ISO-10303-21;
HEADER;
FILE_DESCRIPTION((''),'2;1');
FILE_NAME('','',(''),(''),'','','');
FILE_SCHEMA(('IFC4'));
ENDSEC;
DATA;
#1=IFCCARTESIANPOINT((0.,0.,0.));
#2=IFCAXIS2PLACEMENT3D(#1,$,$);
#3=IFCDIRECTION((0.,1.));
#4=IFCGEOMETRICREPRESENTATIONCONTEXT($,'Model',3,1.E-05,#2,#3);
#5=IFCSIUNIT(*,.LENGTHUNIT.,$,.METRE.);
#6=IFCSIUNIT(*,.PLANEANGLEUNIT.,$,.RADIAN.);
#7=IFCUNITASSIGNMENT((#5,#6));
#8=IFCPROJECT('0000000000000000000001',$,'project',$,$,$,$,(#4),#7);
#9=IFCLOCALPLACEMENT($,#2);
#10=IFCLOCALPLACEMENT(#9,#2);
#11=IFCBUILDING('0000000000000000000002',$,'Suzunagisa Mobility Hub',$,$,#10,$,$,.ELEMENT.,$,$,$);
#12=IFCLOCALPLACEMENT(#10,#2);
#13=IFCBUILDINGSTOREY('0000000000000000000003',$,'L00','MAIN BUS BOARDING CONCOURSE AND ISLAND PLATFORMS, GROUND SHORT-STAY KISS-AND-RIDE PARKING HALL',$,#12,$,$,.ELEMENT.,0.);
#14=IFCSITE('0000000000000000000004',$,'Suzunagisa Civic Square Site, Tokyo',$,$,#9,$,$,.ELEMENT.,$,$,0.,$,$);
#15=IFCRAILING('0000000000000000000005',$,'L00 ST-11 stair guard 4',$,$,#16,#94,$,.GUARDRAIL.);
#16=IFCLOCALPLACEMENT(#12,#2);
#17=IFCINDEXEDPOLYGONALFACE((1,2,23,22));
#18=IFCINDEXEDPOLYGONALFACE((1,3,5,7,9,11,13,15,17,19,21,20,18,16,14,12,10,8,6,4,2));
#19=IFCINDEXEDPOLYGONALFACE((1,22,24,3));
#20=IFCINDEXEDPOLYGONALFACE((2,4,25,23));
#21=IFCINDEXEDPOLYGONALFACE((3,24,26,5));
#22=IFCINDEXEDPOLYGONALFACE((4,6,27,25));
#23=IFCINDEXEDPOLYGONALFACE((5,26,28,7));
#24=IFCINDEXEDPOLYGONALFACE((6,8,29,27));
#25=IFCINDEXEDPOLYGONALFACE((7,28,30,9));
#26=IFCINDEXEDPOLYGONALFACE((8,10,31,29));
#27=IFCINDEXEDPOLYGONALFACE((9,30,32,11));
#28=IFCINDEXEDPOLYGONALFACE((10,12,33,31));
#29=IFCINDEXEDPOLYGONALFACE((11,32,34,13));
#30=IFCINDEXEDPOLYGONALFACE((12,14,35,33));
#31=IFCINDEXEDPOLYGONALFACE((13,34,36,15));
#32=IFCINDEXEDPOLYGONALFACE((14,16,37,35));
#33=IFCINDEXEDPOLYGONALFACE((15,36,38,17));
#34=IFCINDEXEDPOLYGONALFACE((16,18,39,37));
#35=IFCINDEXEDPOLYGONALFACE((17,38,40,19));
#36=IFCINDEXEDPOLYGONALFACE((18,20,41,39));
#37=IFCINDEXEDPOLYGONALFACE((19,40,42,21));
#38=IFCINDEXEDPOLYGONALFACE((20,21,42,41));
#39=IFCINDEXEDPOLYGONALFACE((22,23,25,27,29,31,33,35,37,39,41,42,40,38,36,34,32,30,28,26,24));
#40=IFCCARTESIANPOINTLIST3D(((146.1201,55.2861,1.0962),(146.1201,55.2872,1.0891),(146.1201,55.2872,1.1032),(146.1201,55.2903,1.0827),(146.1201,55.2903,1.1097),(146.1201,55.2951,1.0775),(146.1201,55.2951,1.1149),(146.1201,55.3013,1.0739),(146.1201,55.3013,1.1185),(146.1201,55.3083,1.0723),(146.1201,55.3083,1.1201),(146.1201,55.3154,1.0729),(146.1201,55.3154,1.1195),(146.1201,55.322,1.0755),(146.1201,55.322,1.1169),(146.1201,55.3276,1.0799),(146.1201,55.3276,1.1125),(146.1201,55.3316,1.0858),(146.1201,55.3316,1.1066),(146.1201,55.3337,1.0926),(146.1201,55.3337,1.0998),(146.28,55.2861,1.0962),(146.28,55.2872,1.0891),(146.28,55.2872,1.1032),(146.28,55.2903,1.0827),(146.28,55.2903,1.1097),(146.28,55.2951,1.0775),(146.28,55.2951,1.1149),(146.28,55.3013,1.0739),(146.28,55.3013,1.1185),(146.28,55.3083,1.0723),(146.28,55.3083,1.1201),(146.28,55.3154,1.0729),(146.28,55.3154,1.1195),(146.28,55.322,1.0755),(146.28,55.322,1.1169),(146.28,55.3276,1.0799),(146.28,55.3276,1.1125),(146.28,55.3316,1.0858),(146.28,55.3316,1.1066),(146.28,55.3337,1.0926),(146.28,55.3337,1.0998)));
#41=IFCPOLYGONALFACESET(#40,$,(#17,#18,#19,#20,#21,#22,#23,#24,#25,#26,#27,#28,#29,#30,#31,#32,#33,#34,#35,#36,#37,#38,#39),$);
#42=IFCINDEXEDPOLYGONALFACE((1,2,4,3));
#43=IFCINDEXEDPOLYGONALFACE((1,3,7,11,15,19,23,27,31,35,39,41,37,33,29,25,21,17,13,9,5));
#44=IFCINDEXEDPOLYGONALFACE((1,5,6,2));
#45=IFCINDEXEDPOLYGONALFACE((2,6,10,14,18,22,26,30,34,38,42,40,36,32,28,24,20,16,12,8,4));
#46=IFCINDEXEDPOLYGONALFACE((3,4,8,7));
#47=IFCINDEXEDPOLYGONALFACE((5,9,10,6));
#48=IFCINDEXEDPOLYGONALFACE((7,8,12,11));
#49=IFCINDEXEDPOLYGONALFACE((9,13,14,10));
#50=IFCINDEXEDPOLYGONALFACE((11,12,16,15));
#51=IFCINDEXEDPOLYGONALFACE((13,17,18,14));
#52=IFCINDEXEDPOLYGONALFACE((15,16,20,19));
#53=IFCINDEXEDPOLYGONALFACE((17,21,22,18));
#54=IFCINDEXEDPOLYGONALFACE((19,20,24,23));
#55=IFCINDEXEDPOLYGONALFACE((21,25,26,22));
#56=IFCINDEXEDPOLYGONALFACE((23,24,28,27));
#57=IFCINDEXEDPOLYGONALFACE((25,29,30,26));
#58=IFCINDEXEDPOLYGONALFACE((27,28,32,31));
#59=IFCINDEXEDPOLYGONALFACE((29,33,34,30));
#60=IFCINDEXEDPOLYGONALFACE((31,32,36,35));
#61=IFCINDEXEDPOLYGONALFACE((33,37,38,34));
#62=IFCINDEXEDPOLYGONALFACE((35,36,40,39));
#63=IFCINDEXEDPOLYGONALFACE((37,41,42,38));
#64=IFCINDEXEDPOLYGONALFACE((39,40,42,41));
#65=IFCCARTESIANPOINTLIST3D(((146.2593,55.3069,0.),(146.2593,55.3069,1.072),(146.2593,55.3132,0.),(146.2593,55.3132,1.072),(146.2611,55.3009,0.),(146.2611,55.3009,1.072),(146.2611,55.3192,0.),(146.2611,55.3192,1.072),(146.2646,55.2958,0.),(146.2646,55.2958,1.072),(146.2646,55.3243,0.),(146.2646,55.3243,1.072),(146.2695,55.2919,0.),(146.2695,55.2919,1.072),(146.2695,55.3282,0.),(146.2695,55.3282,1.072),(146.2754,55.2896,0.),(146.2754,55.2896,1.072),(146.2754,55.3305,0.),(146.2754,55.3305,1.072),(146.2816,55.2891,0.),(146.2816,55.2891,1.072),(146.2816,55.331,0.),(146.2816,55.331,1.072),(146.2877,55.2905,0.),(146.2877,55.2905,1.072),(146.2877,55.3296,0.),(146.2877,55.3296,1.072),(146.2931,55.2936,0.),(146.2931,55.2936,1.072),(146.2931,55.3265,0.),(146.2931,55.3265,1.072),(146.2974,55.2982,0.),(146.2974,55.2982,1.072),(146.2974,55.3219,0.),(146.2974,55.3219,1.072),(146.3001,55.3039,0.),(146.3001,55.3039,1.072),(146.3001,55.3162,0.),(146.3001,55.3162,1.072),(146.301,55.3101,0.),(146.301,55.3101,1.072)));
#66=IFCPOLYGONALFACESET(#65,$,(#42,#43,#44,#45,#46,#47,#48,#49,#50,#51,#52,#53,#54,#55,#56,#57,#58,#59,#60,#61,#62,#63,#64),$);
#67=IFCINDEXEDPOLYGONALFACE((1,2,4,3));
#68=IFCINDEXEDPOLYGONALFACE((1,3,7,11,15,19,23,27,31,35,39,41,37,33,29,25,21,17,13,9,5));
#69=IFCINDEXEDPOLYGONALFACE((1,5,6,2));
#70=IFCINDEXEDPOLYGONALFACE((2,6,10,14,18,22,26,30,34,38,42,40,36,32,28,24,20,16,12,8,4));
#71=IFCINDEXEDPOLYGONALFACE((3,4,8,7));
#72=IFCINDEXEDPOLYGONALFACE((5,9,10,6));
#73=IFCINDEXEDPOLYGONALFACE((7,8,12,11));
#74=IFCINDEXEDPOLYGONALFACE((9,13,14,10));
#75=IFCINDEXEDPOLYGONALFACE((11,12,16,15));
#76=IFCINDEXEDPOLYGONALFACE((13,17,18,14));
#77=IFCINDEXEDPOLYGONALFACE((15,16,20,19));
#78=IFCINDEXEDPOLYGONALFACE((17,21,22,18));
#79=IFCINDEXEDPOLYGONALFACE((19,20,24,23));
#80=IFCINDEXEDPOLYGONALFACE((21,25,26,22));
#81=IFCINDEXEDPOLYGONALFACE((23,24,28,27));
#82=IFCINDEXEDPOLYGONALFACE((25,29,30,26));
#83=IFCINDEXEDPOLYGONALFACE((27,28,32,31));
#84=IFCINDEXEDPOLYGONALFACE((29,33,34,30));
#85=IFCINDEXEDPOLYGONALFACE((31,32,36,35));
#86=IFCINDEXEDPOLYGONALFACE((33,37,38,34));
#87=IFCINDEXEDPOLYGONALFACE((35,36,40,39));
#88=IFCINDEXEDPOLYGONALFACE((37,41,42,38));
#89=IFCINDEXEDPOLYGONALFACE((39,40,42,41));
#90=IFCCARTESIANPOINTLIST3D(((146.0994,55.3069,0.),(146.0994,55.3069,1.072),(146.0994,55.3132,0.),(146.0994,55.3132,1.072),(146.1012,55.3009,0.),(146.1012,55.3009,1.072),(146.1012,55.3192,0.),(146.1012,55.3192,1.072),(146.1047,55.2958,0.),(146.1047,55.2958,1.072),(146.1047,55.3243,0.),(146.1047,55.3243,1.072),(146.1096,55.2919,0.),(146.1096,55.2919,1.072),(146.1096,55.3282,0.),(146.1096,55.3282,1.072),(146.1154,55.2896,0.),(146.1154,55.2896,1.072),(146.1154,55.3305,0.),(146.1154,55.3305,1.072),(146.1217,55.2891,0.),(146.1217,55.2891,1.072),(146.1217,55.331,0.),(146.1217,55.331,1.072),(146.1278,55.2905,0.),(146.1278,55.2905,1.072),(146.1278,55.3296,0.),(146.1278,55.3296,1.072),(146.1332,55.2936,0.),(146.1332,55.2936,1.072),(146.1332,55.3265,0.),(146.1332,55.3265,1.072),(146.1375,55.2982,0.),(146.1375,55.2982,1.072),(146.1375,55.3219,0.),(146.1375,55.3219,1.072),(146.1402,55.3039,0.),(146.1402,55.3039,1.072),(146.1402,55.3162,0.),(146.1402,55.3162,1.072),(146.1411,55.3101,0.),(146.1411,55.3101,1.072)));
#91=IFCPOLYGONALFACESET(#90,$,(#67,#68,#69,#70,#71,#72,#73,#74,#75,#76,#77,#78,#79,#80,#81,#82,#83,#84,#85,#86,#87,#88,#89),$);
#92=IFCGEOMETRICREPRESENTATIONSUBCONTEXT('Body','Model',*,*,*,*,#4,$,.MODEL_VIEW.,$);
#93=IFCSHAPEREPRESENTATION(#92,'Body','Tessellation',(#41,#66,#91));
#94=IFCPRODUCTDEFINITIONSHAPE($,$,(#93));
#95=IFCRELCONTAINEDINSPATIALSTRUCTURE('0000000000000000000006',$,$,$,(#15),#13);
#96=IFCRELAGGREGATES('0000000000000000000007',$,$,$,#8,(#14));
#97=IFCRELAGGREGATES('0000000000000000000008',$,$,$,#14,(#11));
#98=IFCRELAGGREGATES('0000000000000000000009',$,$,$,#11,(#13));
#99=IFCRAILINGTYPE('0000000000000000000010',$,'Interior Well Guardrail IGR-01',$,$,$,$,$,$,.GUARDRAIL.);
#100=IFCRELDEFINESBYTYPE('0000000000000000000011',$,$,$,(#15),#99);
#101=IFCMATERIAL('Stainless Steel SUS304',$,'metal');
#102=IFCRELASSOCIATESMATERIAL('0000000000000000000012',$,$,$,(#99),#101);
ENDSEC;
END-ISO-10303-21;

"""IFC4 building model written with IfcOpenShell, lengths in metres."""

from ifc_helpers import new_model, si_unit, direction, frame, origin, origin_2d, place, context, subcontext, project, spatial, circle, extrude, material, type_object, element, save


model = new_model("IFC4")

# Units and contexts
model_context = context("Model", 3, precision=1e-05, world=origin(), true_north=direction((0.0, 1.0)))
body_context = subcontext(model_context, "Body", "Model", "MODEL_VIEW")
ifc_project = project(units=[si_unit("LENGTHUNIT", "METRE"), si_unit("PLANEANGLEUNIT", "RADIAN")], contexts=[model_context])

# Site, building, storey
site_placement = place(None, origin())
site = spatial("IfcSite", under=ifc_project, at=site_placement, Name="Suzunagisa Civic Square Site, Tokyo", CompositionType="ELEMENT", RefElevation=0.0)
building_placement = place(site_placement, origin())
building = spatial("IfcBuilding", under=site, at=building_placement, Name="Suzunagisa Mobility Hub", CompositionType="ELEMENT")
storey_placement = place(building_placement, origin())
storey = spatial("IfcBuildingStorey", under=building, at=storey_placement, Name="L00", Description="MAIN BUS BOARDING CONCOURSE AND ISLAND PLATFORMS, GROUND SHORT-STAY KISS-AND-RIDE PARKING HALL", CompositionType="ELEMENT", Elevation=0.0)

# Railing
ifc_material_1 = material(Name="Stainless Steel SUS304", Category="metal")
railing_type_1 = type_object("IfcRailingType", Name="Interior Well Guardrail IGR-01", PredefinedType="GUARDRAIL", material=ifc_material_1)
railing_1_placement = place(storey_placement, frame((146.28, 55.3101, 0.0)))
element("IfcRailing", 1, at=railing_1_placement, inside=storey, type_object=railing_type_1, Name="L00 ST-11 stair guard 4", PredefinedType="GUARDRAIL", context=body_context, shape_type="SweptSolid", body=[
    extrude(circle(Radius=0.0239, at=origin_2d()), frame((0.0, 0.0, 1.0962), z_axis=(-1.0, 0.0, 0.0), x_axis=(0.0, -1.0, 0.0)), (0.0, 0.0, 1.0), 0.1599),
    extrude(circle(Radius=0.021, at=origin_2d()), origin(), (0.0, 0.0, 1.0), 1.072),
    extrude(circle(Radius=0.021, at=origin_2d()), frame((-0.1599, 0.0, 0.0)), (0.0, 0.0, 1.0), 1.072),
])

save(model, "model.ifc")
